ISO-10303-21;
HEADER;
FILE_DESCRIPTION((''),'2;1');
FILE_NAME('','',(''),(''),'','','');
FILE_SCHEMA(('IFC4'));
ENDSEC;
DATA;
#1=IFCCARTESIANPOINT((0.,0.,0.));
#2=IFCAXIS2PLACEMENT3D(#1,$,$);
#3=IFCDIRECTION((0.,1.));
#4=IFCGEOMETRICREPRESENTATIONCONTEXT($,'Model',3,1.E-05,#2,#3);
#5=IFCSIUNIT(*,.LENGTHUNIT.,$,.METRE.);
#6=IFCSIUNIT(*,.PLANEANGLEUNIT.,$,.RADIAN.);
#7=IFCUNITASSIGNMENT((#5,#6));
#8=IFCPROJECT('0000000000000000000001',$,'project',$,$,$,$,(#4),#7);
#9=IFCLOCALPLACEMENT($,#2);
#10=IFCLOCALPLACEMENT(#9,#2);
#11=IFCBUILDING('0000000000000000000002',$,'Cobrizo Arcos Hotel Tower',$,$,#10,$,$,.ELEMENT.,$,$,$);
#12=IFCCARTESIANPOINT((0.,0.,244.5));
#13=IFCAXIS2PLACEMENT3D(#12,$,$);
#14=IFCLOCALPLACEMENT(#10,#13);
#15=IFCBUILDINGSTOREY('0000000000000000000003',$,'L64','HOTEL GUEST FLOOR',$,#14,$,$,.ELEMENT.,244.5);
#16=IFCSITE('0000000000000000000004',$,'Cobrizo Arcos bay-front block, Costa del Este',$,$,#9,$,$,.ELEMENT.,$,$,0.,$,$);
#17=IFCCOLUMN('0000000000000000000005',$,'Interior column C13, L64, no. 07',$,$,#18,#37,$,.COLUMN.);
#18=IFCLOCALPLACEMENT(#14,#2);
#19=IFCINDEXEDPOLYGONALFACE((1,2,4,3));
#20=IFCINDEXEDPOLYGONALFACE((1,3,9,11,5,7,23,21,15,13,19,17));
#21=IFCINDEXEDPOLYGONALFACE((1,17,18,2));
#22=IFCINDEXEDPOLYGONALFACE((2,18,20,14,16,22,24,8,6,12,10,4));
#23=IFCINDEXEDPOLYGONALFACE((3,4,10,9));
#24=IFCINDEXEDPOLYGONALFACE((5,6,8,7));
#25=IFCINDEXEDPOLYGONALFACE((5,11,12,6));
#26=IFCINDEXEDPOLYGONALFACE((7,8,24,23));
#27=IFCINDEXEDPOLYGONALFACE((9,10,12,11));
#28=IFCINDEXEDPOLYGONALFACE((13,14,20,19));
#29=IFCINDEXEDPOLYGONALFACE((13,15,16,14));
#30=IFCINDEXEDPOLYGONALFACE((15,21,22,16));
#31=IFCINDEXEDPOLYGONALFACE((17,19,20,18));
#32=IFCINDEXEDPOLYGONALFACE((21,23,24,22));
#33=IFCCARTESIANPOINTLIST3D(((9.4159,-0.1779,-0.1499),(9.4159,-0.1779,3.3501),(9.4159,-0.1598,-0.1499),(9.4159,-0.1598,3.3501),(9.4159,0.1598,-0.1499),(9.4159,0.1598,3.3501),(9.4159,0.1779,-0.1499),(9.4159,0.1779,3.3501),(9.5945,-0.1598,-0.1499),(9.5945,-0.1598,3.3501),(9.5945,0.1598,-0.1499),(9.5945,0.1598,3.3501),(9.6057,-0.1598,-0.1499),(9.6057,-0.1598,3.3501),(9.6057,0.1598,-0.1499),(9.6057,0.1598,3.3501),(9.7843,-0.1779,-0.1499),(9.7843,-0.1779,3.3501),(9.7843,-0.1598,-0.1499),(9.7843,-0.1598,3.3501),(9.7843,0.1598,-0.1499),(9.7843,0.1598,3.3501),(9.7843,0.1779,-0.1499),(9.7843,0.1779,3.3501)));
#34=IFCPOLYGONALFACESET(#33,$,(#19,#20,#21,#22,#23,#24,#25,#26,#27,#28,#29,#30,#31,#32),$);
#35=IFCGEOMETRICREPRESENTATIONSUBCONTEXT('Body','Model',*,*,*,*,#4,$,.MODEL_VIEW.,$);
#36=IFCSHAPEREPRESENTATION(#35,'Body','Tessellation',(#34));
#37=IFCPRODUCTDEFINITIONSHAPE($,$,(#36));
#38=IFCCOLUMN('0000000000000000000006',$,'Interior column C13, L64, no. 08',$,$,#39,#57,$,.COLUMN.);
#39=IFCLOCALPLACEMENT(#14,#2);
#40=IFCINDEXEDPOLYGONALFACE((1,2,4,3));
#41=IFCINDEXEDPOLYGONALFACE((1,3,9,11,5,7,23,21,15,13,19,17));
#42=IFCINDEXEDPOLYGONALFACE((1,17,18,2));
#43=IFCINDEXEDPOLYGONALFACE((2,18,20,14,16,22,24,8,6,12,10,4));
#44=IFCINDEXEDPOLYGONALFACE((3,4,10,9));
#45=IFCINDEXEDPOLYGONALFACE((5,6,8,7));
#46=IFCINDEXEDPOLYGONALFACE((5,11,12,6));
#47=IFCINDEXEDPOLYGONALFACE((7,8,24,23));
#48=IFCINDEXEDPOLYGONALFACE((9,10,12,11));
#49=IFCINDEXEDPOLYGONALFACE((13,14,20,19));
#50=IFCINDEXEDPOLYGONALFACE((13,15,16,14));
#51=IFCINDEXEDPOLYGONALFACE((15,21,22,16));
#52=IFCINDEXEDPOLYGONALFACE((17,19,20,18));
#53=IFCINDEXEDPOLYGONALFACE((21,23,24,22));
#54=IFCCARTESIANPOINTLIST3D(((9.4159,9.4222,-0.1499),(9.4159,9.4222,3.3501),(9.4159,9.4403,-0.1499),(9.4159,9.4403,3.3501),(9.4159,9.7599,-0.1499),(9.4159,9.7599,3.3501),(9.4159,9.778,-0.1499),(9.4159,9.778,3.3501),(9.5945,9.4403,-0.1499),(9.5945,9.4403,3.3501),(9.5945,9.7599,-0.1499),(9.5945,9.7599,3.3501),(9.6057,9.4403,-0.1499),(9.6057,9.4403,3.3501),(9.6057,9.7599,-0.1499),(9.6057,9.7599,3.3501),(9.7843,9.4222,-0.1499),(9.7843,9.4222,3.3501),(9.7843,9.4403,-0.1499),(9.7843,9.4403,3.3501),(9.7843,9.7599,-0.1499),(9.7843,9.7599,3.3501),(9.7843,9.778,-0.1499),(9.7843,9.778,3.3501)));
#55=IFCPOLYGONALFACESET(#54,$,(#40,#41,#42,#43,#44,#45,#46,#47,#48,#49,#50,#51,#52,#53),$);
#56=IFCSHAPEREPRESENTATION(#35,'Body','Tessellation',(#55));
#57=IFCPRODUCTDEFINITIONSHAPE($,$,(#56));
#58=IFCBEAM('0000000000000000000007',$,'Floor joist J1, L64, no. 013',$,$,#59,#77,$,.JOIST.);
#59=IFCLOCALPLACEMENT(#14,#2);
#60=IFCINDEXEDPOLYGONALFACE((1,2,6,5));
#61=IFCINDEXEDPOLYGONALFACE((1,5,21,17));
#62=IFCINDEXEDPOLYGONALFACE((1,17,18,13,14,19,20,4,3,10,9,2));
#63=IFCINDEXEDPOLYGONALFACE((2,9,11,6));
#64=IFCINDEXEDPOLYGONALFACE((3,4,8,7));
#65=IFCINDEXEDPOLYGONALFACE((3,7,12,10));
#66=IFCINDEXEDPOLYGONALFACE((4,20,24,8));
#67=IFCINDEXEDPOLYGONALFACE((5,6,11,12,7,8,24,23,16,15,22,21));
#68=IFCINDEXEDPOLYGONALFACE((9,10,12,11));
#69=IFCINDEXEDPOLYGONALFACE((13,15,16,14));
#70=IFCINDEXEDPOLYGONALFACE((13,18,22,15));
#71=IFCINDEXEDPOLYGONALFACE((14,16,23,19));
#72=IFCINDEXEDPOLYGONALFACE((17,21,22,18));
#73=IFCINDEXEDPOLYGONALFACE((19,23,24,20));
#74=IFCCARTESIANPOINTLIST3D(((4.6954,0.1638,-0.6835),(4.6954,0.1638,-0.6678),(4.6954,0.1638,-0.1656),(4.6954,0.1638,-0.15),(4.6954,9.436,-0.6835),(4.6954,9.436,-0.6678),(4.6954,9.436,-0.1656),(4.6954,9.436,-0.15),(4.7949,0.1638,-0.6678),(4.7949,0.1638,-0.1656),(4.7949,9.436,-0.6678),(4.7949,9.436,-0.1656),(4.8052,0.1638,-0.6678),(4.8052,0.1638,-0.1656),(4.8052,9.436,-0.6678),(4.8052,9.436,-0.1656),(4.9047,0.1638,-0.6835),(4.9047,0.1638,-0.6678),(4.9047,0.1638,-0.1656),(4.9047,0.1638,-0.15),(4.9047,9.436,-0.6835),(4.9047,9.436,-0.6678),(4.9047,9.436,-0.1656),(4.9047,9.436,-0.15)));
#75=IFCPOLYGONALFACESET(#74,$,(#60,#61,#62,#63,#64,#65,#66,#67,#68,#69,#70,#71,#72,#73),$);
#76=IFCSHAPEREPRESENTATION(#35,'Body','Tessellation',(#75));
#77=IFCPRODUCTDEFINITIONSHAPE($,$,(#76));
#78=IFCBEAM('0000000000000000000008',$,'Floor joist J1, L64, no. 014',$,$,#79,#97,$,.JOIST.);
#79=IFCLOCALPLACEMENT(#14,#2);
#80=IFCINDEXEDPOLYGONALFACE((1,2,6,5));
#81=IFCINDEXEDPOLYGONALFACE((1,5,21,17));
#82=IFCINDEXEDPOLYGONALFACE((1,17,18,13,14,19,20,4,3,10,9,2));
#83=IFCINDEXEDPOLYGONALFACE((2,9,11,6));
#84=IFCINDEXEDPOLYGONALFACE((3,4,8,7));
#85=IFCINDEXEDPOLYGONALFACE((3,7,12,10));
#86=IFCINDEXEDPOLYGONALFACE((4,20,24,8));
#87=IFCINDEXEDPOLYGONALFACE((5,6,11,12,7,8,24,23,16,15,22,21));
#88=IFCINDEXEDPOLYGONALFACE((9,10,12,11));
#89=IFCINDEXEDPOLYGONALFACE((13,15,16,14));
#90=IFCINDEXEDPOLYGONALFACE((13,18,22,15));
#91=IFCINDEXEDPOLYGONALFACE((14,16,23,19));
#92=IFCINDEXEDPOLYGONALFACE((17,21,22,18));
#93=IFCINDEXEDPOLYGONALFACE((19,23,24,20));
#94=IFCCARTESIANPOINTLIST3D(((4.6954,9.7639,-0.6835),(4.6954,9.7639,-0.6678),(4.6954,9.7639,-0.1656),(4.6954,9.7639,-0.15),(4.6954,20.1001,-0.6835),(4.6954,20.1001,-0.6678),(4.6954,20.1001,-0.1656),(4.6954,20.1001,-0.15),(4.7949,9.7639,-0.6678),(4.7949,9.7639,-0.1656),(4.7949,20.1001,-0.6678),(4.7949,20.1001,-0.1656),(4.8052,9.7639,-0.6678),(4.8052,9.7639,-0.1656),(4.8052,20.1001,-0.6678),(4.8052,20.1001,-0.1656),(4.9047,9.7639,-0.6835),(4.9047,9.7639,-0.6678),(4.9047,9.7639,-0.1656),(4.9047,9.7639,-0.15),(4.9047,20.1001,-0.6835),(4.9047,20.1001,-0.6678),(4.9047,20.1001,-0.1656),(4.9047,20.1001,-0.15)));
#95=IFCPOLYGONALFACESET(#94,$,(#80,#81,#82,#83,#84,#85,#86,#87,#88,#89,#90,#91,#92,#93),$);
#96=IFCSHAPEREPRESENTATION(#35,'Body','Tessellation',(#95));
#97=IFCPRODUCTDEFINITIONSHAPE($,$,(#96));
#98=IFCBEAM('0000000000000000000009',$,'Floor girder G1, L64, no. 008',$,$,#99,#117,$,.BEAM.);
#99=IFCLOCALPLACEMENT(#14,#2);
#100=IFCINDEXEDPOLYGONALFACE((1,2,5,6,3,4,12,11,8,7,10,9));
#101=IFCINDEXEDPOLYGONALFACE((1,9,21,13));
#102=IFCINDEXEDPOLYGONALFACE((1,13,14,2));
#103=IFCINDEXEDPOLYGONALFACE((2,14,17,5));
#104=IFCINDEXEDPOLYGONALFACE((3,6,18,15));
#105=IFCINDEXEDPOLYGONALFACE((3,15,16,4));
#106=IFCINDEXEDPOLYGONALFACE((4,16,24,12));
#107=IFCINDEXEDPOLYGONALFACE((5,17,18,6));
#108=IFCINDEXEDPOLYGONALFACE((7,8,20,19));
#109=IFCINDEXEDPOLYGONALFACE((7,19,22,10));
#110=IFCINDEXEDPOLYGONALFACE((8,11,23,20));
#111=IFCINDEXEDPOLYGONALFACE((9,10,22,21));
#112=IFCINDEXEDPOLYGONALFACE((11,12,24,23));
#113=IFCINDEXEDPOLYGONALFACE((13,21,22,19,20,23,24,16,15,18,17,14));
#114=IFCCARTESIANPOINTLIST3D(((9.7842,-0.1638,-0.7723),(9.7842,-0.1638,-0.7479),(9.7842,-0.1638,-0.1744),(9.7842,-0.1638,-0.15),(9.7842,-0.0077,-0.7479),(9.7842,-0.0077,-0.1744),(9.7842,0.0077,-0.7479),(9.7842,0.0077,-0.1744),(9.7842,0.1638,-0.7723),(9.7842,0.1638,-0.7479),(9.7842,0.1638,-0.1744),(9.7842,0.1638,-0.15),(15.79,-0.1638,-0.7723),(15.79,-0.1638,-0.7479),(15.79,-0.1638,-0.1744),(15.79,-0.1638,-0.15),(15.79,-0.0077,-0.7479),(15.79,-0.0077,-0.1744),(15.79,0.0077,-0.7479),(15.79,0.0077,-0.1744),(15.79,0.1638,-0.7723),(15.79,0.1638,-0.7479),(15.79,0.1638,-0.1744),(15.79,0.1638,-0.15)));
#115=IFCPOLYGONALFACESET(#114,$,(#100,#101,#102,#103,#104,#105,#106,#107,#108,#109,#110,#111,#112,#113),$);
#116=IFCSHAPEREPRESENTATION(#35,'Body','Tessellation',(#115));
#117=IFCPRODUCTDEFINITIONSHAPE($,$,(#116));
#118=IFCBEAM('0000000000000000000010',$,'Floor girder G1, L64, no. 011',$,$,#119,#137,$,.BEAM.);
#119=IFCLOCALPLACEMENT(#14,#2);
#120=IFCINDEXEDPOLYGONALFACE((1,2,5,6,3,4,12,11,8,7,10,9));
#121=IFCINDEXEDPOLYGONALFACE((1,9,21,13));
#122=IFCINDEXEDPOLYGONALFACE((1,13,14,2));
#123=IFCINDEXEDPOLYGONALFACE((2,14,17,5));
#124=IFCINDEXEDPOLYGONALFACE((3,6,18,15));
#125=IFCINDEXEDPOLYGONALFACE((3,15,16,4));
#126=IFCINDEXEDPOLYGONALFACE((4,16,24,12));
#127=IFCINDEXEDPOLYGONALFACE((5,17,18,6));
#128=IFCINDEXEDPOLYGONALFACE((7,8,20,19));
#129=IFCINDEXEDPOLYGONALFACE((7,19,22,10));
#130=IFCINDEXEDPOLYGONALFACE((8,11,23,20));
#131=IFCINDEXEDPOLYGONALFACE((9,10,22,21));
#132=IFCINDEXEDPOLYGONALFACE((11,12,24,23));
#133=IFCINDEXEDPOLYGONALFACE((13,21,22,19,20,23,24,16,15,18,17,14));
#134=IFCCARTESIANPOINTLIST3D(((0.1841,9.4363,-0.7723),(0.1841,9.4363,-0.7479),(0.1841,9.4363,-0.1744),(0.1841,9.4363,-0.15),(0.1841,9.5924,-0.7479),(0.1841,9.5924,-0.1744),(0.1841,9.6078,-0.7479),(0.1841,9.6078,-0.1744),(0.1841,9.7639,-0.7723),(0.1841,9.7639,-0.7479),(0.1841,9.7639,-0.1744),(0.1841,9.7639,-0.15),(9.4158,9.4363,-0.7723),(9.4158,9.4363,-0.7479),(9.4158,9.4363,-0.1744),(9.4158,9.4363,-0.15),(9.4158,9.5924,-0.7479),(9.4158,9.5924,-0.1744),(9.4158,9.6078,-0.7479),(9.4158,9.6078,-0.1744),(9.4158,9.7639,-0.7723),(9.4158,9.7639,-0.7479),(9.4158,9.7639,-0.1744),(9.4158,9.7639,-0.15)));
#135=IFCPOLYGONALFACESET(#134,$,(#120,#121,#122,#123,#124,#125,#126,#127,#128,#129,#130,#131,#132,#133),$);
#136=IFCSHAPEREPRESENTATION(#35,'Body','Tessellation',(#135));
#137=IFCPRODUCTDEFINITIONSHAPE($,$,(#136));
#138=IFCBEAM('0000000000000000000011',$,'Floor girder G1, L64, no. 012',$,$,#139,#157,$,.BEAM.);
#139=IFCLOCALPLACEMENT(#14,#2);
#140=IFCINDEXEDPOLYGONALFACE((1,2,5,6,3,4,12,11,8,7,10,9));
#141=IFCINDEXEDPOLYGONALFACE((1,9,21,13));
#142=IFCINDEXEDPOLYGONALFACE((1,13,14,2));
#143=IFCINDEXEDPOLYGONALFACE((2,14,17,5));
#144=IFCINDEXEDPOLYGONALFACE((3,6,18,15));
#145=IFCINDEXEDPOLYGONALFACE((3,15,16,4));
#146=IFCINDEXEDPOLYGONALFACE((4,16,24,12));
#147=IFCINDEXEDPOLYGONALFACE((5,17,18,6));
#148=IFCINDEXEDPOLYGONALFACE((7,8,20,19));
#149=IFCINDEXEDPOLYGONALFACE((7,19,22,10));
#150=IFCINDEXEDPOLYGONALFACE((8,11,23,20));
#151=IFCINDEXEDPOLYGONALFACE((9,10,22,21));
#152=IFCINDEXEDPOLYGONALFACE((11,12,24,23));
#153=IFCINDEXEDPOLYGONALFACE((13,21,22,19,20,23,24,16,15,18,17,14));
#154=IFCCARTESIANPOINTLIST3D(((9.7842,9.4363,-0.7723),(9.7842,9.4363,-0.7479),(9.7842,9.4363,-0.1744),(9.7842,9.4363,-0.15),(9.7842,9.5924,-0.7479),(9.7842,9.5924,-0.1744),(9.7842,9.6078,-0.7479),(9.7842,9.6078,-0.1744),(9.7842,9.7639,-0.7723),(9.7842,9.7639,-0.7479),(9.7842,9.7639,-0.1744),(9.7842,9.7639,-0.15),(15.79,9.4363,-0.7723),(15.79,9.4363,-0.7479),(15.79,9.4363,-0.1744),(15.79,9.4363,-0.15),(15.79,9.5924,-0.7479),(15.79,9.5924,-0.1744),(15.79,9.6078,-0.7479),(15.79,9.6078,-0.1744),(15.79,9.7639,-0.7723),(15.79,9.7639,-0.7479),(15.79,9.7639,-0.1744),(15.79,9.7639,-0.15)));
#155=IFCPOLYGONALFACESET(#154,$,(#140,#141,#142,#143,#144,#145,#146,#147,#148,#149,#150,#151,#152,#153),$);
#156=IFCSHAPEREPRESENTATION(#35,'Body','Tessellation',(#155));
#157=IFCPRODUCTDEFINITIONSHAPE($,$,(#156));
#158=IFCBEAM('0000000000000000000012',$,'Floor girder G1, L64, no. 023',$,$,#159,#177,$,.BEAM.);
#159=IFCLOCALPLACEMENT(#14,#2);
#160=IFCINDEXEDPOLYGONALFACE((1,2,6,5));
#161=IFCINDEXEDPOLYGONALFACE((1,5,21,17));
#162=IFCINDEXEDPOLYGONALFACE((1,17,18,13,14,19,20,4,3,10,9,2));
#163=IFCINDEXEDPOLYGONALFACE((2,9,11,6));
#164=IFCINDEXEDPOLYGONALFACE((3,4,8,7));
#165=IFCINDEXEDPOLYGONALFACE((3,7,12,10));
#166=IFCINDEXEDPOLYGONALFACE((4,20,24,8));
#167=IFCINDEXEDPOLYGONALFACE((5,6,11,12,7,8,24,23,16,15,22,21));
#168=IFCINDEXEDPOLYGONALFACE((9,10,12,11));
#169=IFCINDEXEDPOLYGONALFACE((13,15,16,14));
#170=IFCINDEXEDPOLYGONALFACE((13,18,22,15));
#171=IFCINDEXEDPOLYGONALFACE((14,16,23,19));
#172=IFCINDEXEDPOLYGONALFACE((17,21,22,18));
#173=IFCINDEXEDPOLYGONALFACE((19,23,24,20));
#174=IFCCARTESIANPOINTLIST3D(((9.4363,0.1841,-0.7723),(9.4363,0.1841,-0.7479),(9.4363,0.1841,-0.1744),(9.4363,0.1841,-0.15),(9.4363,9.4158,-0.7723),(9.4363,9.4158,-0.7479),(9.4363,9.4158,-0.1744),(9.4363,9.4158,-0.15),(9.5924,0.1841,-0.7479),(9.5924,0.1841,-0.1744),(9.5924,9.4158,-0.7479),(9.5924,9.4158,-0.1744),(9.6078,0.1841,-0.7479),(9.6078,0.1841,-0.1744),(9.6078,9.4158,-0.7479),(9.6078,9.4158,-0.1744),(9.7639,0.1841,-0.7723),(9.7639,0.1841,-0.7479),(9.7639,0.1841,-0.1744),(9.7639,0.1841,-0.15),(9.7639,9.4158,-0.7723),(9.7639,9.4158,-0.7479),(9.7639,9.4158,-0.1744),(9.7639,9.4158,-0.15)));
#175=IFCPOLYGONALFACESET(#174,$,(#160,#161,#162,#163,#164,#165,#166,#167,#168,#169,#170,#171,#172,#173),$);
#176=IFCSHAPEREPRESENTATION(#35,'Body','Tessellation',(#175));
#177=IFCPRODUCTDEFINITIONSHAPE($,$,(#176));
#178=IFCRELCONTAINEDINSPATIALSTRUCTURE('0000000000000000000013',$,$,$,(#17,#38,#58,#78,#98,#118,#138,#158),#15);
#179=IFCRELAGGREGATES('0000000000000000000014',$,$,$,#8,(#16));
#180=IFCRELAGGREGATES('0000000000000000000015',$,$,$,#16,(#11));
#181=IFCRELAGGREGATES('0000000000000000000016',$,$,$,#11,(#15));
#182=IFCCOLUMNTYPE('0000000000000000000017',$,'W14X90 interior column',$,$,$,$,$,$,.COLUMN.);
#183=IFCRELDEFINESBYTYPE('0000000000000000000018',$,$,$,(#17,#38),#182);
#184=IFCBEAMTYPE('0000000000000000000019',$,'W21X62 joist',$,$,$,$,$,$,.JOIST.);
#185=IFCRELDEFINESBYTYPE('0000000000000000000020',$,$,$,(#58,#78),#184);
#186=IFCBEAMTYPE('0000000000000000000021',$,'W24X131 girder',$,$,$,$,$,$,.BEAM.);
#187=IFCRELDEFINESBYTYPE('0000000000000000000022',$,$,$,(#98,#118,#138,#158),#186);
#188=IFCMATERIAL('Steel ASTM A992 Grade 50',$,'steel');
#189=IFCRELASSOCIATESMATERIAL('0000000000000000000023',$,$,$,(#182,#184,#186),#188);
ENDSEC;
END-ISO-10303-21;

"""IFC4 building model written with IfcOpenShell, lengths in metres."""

from ifc_helpers import new_model, si_unit, direction, frame, origin, origin_2d, place, context, subcontext, project, spatial, i_section, extrude, material, material_profile, profile_set, type_object, element, save


model = new_model("IFC4")

# Units and contexts
model_context = context("Model", 3, precision=1e-05, world=origin(), true_north=direction((0.0, 1.0)))
body_context = subcontext(model_context, "Body", "Model", "MODEL_VIEW")
ifc_project = project(units=[si_unit("LENGTHUNIT", "METRE"), si_unit("PLANEANGLEUNIT", "RADIAN")], contexts=[model_context])

# Site, building, storey
site_placement = place(None, origin())
site = spatial("IfcSite", under=ifc_project, at=site_placement, Name="Cobrizo Arcos bay-front block, Costa del Este", CompositionType="ELEMENT", RefElevation=0.0)
building_placement = place(site_placement, origin())
building = spatial("IfcBuilding", under=site, at=building_placement, Name="Cobrizo Arcos Hotel Tower", CompositionType="ELEMENT")
storey_placement = place(building_placement, frame((0.0, 0.0, 244.5)))
storey = spatial("IfcBuildingStorey", under=building, at=storey_placement, Name="L64", Description="HOTEL GUEST FLOOR", CompositionType="ELEMENT", Elevation=244.5)

# Columns
ifc_material_1 = material(Name="Steel ASTM A992 Grade 50", Category="steel")
ifc_material_profile_1 = material_profile(ifc_material_1, i_section(OverallWidth=0.3684, OverallDepth=0.3557, WebThickness=0.0112, FlangeThickness=0.0181, at=origin_2d()), Name="W14X90")
ifc_profile_set_1 = profile_set([ifc_material_profile_1], Name="Steel ASTM A992 Grade 50")
column_type = type_object("IfcColumnType", Name="W14X90 interior column", PredefinedType="COLUMN", material=ifc_profile_set_1)
for number, where, z_axis, x_axis, name in (
    (1, (9.6001, 0.0, -0.1499), (0.0, 0.0, 1.0), (1.0, 0.0, 0.0), "Interior column C13, L64, no. 07"),
    (2, (9.6001, 9.6001, -0.1499), (0.0, 0.0, 1.0), (1.0, 0.0, 0.0), "Interior column C13, L64, no. 08"),
):
    element("IfcColumn", number, at=place(storey_placement, frame(where, z_axis=z_axis, x_axis=x_axis)), inside=storey, type_object=column_type, Name=name, PredefinedType="COLUMN", context=body_context, shape_type="SweptSolid", body=[
        extrude(i_section(OverallWidth=0.3684, OverallDepth=0.3557, WebThickness=0.0112, FlangeThickness=0.0181, at=origin_2d()), origin(), (0.0, 0.0, 1.0), 3.5),
    ])

# Beams
ifc_material_profile_2 = material_profile(ifc_material_1, i_section(OverallWidth=0.2092, OverallDepth=0.5334, WebThickness=0.0103, FlangeThickness=0.0156, at=origin_2d()), Name="W21X62")
ifc_profile_set_2 = profile_set([ifc_material_profile_2], Name="Steel ASTM A992 Grade 50")
beam_type_1 = type_object("IfcBeamType", Name="W21X62 joist", PredefinedType="JOIST", material=ifc_profile_set_2)
beam_1_placement = place(storey_placement, frame((4.8, 0.1638, -0.4167), z_axis=(0.0, 1.0, 0.0), x_axis=(-1.0, 0.0, 0.0)))
element("IfcBeam", 3, at=beam_1_placement, inside=storey, type_object=beam_type_1, Name="Floor joist J1, L64, no. 013", PredefinedType="JOIST", context=body_context, shape_type="SweptSolid", body=[
    extrude(i_section(OverallWidth=0.2092, OverallDepth=0.5334, WebThickness=0.0103, FlangeThickness=0.0156, at=origin_2d()), origin(), (0.0, 0.0, 1.0), 9.2722),
])
beam_2_placement = place(storey_placement, frame((4.8, 9.7639, -0.4167), z_axis=(0.0, 1.0, 0.0), x_axis=(-1.0, 0.0, 0.0)))
element("IfcBeam", 4, at=beam_2_placement, inside=storey, type_object=beam_type_1, Name="Floor joist J1, L64, no. 014", PredefinedType="JOIST", context=body_context, shape_type="SweptSolid", body=[
    extrude(i_section(OverallWidth=0.2092, OverallDepth=0.5334, WebThickness=0.0103, FlangeThickness=0.0156, at=origin_2d()), origin(), (0.0, 0.0, 1.0), 10.3362),
])
ifc_material_profile_3 = material_profile(ifc_material_1, i_section(OverallWidth=0.3276, OverallDepth=0.6223, WebThickness=0.0154, FlangeThickness=0.0244, at=origin_2d()), Name="W24X131")
ifc_profile_set_3 = profile_set([ifc_material_profile_3], Name="Steel ASTM A992 Grade 50")
beam_type_2 = type_object("IfcBeamType", Name="W24X131 girder", PredefinedType="BEAM", material=ifc_profile_set_3)
beam_3_placement = place(storey_placement, frame((9.7842, 0.0, -0.4612), z_axis=(1.0, 0.0, 0.0), x_axis=(0.0, 1.0, 0.0)))
element("IfcBeam", 5, at=beam_3_placement, inside=storey, type_object=beam_type_2, Name="Floor girder G1, L64, no. 008", PredefinedType="BEAM", context=body_context, shape_type="SweptSolid", body=[
    extrude(i_section(OverallWidth=0.3276, OverallDepth=0.6223, WebThickness=0.0154, FlangeThickness=0.0244, at=origin_2d()), origin(), (0.0, 0.0, 1.0), 6.0059),
])
beam_4_placement = place(storey_placement, frame((0.1841, 9.6001, -0.4612), z_axis=(1.0, 0.0, 0.0), x_axis=(0.0, 1.0, 0.0)))
element("IfcBeam", 6, at=beam_4_placement, inside=storey, type_object=beam_type_2, Name="Floor girder G1, L64, no. 011", PredefinedType="BEAM", context=body_context, shape_type="SweptSolid", body=[
    extrude(i_section(OverallWidth=0.3276, OverallDepth=0.6223, WebThickness=0.0154, FlangeThickness=0.0244, at=origin_2d()), origin(), (0.0, 0.0, 1.0), 9.2317),
])
beam_5_placement = place(storey_placement, frame((9.7842, 9.6001, -0.4612), z_axis=(1.0, 0.0, 0.0), x_axis=(0.0, 1.0, 0.0)))
element("IfcBeam", 7, at=beam_5_placement, inside=storey, type_object=beam_type_2, Name="Floor girder G1, L64, no. 012", PredefinedType="BEAM", context=body_context, shape_type="SweptSolid", body=[
    extrude(i_section(OverallWidth=0.3276, OverallDepth=0.6223, WebThickness=0.0154, FlangeThickness=0.0244, at=origin_2d()), origin(), (0.0, 0.0, 1.0), 6.0059),
])
beam_6_placement = place(storey_placement, frame((9.6001, 0.1841, -0.4612), z_axis=(0.0, 1.0, 0.0), x_axis=(-1.0, 0.0, 0.0)))
element("IfcBeam", 8, at=beam_6_placement, inside=storey, type_object=beam_type_2, Name="Floor girder G1, L64, no. 023", PredefinedType="BEAM", context=body_context, shape_type="SweptSolid", body=[
    extrude(i_section(OverallWidth=0.3276, OverallDepth=0.6223, WebThickness=0.0154, FlangeThickness=0.0244, at=origin_2d()), origin(), (0.0, 0.0, 1.0), 9.2317),
])

save(model, "model.ifc")
